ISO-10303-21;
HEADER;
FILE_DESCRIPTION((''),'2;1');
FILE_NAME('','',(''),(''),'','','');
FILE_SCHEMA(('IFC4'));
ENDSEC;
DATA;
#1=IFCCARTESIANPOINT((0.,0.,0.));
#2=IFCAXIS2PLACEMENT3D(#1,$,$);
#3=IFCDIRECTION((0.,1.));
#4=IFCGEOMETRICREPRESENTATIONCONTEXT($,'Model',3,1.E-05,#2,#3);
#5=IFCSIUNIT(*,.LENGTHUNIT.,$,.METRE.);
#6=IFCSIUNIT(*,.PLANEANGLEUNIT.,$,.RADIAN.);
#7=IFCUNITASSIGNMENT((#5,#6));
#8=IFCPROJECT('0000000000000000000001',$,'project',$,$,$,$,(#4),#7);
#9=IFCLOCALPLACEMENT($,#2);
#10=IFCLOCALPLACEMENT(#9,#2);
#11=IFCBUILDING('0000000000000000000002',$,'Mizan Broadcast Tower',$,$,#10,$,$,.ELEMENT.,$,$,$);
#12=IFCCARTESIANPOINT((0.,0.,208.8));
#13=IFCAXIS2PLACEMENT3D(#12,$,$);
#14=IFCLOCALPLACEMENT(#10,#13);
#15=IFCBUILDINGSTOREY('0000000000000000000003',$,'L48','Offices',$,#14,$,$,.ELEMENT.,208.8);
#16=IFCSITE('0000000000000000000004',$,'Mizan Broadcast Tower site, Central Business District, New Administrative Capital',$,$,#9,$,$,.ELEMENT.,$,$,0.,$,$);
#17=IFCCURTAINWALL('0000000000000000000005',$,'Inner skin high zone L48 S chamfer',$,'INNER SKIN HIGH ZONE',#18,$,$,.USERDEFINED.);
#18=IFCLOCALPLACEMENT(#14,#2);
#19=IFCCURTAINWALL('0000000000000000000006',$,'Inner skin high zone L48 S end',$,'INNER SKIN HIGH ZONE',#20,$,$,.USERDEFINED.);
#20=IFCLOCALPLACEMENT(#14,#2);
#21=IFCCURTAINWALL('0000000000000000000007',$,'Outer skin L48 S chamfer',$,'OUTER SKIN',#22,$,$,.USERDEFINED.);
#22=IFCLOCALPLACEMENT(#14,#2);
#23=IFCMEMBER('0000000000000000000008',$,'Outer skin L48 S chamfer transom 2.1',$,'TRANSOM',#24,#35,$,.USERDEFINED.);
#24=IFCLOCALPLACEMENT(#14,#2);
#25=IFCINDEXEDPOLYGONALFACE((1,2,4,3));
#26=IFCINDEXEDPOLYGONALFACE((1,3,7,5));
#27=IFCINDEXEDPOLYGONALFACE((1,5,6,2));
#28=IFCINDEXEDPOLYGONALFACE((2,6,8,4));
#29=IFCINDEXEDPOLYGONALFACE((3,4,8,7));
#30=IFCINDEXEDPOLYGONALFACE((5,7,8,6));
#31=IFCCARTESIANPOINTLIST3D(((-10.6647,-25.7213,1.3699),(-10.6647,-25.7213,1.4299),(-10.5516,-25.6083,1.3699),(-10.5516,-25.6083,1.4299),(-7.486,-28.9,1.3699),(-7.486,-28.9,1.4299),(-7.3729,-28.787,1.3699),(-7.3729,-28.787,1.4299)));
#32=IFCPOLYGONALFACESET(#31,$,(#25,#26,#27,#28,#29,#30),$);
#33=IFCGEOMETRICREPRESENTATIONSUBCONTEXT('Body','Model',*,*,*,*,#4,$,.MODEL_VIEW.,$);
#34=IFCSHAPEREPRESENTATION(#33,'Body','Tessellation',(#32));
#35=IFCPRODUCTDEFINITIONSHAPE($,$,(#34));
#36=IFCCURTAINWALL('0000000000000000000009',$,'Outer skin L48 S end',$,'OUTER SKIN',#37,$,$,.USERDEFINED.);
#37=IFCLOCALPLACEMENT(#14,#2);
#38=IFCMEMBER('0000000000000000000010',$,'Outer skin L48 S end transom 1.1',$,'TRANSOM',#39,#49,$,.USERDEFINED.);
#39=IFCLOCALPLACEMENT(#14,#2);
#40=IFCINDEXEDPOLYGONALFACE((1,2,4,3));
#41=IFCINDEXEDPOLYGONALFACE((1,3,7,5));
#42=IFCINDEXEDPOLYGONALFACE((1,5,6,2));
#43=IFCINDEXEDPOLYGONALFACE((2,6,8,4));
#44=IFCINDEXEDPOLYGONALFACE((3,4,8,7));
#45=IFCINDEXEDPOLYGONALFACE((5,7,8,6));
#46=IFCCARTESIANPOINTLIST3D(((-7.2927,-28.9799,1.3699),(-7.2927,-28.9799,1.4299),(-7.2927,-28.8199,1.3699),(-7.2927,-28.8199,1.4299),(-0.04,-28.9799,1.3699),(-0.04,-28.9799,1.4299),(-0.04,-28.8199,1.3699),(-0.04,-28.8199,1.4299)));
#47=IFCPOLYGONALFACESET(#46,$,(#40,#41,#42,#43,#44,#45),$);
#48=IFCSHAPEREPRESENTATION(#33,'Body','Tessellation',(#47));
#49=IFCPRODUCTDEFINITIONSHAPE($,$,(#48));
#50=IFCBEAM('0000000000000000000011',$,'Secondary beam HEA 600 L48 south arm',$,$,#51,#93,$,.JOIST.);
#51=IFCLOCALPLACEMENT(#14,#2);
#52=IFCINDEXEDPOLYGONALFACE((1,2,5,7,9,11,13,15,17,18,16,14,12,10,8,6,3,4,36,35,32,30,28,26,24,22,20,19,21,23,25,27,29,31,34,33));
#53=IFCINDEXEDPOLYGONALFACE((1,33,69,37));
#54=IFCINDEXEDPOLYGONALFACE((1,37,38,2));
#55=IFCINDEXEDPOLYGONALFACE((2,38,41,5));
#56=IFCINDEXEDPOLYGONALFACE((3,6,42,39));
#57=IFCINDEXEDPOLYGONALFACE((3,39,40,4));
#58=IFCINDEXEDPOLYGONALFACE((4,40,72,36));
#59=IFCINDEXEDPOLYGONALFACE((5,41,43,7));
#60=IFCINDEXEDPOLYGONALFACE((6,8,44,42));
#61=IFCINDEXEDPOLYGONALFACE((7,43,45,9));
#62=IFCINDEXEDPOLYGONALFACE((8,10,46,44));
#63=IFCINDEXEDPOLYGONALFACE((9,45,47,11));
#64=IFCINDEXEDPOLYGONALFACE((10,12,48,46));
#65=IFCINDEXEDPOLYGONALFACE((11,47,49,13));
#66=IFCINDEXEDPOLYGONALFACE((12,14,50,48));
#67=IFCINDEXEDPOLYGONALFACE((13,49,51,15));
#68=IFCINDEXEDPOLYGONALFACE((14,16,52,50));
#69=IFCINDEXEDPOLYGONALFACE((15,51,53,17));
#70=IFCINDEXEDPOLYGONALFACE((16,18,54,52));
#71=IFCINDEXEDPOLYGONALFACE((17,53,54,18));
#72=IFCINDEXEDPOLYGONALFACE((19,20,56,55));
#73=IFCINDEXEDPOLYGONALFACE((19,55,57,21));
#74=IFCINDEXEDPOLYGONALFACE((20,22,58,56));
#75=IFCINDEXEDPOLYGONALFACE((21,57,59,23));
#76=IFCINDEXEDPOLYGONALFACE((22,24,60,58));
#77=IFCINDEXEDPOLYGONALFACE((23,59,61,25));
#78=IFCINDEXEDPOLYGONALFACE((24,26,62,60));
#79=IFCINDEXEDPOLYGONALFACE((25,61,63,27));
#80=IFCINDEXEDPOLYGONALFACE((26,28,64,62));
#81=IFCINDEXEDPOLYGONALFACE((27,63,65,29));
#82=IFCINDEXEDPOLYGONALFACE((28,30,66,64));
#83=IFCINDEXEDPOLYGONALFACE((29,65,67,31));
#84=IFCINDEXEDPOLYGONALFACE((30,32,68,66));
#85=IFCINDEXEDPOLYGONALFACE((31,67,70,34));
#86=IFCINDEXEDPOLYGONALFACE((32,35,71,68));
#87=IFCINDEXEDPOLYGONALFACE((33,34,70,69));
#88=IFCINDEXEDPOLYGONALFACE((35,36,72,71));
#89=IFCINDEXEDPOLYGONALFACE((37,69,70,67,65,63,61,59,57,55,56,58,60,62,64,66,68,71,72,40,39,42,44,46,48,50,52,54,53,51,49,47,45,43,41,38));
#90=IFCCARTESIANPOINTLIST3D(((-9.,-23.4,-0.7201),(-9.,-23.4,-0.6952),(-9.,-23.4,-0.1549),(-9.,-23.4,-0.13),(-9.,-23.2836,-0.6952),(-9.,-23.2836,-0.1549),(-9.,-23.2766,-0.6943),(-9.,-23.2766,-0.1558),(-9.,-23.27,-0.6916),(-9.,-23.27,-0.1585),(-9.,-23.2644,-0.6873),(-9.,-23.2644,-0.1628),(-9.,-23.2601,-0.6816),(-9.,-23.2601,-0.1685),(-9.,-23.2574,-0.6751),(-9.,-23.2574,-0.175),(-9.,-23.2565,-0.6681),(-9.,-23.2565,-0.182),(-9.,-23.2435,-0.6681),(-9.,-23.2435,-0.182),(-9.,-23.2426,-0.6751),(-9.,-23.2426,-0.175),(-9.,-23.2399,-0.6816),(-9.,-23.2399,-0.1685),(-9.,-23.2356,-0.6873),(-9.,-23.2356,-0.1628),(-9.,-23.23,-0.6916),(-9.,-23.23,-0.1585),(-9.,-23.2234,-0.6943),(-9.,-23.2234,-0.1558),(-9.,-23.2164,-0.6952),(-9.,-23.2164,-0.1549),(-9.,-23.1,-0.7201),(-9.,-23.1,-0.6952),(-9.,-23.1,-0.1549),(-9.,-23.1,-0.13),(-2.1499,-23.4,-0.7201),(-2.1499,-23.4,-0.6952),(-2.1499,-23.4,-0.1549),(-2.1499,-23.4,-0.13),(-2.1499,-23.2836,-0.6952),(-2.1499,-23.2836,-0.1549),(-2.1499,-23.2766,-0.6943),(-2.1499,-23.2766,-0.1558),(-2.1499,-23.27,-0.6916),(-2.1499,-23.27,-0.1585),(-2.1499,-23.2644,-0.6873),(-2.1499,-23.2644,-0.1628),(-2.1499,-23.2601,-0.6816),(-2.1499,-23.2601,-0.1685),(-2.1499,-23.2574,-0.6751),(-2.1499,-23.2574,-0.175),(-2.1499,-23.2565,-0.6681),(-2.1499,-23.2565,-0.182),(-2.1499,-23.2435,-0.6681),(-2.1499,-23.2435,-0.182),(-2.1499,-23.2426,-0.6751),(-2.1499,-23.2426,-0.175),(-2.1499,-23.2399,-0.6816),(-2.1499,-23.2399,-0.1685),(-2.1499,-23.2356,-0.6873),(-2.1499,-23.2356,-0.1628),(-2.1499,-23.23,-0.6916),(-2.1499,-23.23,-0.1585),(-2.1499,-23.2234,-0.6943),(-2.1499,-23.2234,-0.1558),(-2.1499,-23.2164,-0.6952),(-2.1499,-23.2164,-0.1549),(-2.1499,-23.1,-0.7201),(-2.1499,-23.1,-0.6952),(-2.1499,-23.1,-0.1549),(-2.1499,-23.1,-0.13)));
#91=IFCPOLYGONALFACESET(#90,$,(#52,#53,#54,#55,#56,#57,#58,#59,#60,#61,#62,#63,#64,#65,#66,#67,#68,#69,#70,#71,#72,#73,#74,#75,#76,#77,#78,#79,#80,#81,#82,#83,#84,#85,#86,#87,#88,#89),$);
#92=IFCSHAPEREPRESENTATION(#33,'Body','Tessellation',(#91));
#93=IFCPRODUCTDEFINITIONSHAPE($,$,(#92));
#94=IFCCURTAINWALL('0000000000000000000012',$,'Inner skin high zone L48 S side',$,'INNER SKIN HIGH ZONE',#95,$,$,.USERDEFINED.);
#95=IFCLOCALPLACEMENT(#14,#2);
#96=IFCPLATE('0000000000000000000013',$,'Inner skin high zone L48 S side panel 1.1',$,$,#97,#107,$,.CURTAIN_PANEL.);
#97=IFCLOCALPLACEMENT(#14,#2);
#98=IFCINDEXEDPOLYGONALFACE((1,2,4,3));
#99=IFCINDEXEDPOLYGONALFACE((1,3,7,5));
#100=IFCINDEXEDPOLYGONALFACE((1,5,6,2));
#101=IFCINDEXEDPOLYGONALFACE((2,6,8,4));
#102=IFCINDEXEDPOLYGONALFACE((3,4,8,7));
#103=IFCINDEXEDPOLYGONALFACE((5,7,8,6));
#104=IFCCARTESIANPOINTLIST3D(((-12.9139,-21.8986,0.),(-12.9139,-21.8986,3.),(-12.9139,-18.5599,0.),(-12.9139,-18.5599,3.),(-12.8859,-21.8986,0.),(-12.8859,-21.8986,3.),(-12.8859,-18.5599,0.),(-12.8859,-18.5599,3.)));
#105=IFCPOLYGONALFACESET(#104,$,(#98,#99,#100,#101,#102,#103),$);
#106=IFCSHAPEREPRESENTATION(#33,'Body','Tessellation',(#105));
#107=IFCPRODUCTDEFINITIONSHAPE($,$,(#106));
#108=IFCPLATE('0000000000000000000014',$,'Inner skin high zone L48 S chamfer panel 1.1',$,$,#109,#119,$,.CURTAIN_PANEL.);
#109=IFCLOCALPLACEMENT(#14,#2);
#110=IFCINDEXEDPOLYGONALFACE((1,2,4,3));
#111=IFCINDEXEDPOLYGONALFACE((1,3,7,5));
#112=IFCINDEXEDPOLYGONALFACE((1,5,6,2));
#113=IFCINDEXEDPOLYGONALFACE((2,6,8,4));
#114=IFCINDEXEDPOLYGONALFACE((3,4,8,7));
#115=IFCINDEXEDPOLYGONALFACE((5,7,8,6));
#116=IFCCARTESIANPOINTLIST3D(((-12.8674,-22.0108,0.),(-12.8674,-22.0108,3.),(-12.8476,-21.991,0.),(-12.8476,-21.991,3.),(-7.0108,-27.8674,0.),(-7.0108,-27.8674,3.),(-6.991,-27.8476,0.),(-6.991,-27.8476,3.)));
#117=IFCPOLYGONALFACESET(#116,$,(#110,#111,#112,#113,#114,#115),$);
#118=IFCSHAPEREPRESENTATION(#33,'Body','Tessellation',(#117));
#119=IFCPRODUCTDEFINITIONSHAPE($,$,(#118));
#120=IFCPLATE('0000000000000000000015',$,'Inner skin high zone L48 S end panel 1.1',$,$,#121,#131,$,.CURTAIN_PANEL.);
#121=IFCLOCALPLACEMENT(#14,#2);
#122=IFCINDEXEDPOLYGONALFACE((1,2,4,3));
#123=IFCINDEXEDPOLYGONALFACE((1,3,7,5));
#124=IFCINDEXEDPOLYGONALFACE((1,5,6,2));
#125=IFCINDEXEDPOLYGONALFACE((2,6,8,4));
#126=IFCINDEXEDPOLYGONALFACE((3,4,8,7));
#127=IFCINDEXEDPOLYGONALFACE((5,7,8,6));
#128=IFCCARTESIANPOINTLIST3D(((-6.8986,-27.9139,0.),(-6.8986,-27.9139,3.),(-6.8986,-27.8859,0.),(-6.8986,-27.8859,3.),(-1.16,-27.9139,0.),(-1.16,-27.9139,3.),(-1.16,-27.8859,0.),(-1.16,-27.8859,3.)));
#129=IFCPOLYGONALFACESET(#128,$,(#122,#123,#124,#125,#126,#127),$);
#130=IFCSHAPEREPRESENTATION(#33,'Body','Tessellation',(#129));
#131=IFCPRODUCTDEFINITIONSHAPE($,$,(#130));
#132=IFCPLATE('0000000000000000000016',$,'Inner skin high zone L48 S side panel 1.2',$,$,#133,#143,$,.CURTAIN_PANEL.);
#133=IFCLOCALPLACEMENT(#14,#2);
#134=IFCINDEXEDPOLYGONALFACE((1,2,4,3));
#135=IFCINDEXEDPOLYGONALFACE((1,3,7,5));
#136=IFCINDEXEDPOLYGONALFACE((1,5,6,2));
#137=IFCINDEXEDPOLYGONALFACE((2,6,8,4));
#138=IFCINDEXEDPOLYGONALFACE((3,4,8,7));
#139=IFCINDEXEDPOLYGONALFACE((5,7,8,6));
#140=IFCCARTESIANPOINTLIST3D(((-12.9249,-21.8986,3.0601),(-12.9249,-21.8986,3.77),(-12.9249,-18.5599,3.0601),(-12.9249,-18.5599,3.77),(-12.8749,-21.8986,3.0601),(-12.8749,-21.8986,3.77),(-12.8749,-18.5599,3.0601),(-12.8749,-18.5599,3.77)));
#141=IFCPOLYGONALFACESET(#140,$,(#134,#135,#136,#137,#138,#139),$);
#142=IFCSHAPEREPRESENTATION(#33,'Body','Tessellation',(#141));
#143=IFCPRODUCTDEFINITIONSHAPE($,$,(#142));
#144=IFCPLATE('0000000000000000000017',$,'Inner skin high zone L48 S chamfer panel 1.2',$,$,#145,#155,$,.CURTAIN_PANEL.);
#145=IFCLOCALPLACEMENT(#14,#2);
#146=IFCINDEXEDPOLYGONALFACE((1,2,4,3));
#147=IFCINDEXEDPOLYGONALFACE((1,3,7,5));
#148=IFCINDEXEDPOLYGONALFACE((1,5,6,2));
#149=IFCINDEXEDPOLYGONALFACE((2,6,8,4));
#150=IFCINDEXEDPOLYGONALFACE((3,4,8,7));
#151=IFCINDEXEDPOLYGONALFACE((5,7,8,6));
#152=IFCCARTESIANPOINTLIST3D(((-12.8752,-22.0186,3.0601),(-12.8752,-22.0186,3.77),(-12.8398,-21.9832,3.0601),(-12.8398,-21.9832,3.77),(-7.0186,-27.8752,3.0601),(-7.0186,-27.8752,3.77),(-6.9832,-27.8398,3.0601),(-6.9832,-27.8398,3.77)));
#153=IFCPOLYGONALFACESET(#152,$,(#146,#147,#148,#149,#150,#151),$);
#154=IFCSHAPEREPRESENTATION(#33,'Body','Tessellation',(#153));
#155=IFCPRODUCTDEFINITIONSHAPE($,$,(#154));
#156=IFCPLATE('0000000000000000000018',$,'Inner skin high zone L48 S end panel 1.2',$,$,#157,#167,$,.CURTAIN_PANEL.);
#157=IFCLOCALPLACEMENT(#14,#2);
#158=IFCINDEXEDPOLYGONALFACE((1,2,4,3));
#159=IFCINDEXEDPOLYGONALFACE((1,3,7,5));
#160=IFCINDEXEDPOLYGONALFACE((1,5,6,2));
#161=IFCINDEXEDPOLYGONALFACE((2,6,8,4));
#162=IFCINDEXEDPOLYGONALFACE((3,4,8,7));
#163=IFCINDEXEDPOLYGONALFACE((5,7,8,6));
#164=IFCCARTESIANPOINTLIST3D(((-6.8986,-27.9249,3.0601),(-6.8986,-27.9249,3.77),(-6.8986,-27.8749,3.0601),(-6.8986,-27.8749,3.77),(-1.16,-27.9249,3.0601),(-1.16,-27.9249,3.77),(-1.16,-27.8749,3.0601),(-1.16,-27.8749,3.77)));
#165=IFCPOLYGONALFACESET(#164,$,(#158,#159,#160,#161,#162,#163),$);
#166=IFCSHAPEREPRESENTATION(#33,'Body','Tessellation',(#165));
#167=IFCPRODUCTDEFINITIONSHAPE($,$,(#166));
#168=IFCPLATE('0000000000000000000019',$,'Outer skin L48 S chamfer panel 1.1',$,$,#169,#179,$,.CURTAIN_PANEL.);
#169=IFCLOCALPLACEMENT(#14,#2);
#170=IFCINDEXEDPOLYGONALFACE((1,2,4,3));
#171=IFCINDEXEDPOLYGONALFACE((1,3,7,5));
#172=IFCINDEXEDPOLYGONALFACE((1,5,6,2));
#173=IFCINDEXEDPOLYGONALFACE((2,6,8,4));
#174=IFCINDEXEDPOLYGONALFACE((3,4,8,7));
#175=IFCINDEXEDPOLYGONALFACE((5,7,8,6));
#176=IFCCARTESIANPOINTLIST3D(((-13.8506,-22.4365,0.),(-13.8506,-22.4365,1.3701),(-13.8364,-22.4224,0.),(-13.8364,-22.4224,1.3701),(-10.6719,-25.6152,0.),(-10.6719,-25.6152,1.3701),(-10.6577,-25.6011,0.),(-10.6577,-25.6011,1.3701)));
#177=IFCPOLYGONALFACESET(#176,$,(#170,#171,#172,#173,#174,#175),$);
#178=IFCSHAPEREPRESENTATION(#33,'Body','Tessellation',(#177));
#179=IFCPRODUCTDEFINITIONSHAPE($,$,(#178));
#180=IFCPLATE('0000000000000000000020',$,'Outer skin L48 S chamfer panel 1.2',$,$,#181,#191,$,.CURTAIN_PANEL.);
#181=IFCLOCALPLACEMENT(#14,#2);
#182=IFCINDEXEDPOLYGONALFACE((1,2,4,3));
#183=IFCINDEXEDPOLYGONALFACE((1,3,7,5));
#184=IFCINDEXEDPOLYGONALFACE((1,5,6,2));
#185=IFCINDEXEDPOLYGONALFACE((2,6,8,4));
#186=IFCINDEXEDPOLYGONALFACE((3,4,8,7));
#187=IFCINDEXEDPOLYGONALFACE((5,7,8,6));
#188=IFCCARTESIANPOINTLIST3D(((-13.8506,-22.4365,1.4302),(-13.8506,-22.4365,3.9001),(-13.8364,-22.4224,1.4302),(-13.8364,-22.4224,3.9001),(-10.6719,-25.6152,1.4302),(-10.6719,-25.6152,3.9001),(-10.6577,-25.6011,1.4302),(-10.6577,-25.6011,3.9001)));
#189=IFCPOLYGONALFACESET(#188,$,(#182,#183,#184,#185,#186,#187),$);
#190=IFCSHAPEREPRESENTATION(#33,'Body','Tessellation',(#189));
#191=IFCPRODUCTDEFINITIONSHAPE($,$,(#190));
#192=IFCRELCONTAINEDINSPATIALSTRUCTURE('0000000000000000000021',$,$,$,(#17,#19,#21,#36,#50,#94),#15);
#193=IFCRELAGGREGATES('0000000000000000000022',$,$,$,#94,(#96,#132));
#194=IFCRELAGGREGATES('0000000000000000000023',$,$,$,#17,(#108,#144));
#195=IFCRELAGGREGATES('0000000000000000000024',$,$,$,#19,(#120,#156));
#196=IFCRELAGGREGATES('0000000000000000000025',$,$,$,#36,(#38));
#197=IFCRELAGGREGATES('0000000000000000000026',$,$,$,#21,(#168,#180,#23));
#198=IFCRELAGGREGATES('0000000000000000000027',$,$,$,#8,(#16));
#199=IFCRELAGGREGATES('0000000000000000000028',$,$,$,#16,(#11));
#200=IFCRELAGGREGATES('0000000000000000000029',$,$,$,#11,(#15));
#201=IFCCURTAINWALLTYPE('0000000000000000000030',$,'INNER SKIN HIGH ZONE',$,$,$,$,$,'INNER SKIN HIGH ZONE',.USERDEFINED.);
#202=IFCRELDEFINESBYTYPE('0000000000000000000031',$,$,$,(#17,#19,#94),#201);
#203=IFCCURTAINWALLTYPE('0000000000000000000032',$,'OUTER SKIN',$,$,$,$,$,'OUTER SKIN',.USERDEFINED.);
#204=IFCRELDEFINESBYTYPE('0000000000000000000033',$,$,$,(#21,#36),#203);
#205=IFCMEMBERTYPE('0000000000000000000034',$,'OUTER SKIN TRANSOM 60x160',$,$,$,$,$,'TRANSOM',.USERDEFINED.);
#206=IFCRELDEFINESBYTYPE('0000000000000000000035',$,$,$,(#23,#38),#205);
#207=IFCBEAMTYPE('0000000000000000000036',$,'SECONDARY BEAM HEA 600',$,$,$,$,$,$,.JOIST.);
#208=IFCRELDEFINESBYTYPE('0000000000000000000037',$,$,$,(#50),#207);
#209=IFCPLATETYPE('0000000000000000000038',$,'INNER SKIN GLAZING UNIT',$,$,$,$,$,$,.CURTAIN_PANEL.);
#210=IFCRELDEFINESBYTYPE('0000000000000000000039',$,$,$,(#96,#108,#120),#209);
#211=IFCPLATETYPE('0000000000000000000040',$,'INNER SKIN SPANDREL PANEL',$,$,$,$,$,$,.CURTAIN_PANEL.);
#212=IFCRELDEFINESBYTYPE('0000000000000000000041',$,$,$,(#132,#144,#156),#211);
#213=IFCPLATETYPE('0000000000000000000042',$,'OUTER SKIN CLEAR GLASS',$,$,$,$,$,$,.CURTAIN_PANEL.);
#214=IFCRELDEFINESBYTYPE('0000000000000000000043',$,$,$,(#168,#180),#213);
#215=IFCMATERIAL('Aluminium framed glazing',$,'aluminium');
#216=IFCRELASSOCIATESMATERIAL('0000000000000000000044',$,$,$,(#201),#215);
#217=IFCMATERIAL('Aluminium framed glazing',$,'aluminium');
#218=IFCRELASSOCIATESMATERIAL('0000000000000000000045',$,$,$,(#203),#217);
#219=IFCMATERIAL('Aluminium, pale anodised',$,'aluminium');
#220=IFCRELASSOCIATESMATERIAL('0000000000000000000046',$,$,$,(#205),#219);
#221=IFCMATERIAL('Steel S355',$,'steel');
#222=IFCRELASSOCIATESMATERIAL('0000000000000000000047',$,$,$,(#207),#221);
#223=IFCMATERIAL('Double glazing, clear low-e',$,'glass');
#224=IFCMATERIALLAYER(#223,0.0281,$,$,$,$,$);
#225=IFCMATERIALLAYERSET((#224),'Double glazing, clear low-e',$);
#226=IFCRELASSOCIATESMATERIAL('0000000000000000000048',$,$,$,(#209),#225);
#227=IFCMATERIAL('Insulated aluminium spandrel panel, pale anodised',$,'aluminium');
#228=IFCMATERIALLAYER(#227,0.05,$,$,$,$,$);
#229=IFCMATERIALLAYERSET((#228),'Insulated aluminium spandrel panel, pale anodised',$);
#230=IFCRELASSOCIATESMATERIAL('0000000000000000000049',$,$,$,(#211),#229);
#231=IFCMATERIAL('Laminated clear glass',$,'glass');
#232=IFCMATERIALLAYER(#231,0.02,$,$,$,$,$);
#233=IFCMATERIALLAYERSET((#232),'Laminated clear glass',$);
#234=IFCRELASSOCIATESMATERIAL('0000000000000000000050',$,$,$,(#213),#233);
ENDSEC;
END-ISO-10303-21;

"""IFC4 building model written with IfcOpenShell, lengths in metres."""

from ifc_helpers import new_model, si_unit, direction, frame, origin, origin_2d, place, context, subcontext, project, spatial, rectangle, i_section, extrude, material, layer, layer_set, material_profile, profile_set, type_object, element, aggregate, save


model = new_model("IFC4")

# Units and contexts
model_context = context("Model", 3, precision=1e-05, world=origin(), true_north=direction((0.0, 1.0)))
body_context = subcontext(model_context, "Body", "Model", "MODEL_VIEW")
ifc_project = project(units=[si_unit("LENGTHUNIT", "METRE"), si_unit("PLANEANGLEUNIT", "RADIAN")], contexts=[model_context])

# Site, building, storey
site_placement = place(None, origin())
site = spatial("IfcSite", under=ifc_project, at=site_placement, Name="Mizan Broadcast Tower site, Central Business District, New Administrative Capital", CompositionType="ELEMENT", RefElevation=0.0)
building_placement = place(site_placement, origin())
building = spatial("IfcBuilding", under=site, at=building_placement, Name="Mizan Broadcast Tower", CompositionType="ELEMENT")
storey_placement = place(building_placement, frame((0.0, 0.0, 208.8)))
storey = spatial("IfcBuildingStorey", under=building, at=storey_placement, Name="L48", Description="Offices", CompositionType="ELEMENT", Elevation=208.8)

# Curtain walls
ifc_material_1 = material(Name="Aluminium framed glazing", Category="aluminium")
curtain_wall_type_1 = type_object("IfcCurtainWallType", Name="INNER SKIN HIGH ZONE", ElementType="INNER SKIN HIGH ZONE", PredefinedType="USERDEFINED", material=ifc_material_1)
curtain_wall_1_placement = place(storey_placement, origin())
curtain_wall_1 = element("IfcCurtainWall", 1, at=curtain_wall_1_placement, inside=storey, type_object=curtain_wall_type_1, Name="Inner skin high zone L48 S chamfer", ObjectType="INNER SKIN HIGH ZONE", PredefinedType="USERDEFINED")
curtain_wall_2_placement = place(storey_placement, origin())
curtain_wall_2 = element("IfcCurtainWall", 2, at=curtain_wall_2_placement, inside=storey, type_object=curtain_wall_type_1, Name="Inner skin high zone L48 S end", ObjectType="INNER SKIN HIGH ZONE", PredefinedType="USERDEFINED")

# Curtain wall, member
ifc_material_2 = material(Name="Aluminium framed glazing", Category="aluminium")
curtain_wall_type_2 = type_object("IfcCurtainWallType", Name="OUTER SKIN", ElementType="OUTER SKIN", PredefinedType="USERDEFINED", material=ifc_material_2)
curtain_wall_3_placement = place(storey_placement, origin())
curtain_wall_3 = element("IfcCurtainWall", 3, at=curtain_wall_3_placement, inside=storey, type_object=curtain_wall_type_2, Name="Outer skin L48 S chamfer", ObjectType="OUTER SKIN", PredefinedType="USERDEFINED")
ifc_material_3 = material(Name="Aluminium, pale anodised", Category="aluminium")
ifc_material_profile_1 = material_profile(ifc_material_3, rectangle(XDim=0.1599, YDim=0.0601, at=origin_2d()), Name="TRANSOM 160x60")
ifc_profile_set_1 = profile_set([ifc_material_profile_1], Name="Aluminium, pale anodised")
member_type_1 = type_object("IfcMemberType", Name="OUTER SKIN TRANSOM 60x160", ElementType="TRANSOM", PredefinedType="USERDEFINED", material=ifc_profile_set_1)
member_1_placement = place(storey_placement, frame((-10.6082, -25.6648, 1.3999), z_axis=(0.707107, -0.707107, 0.0), x_axis=(0.707107, 0.707107, 0.0)))
member_1 = element("IfcMember", 4, at=member_1_placement, type_object=member_type_1, Name="Outer skin L48 S chamfer transom 2.1", ObjectType="TRANSOM", PredefinedType="USERDEFINED", context=body_context, shape_type="SweptSolid", body=[
    extrude(rectangle(XDim=0.1599, YDim=0.0601, at=origin_2d()), origin(), (0.0, 0.0, 1.0), 4.4954),
])

# Curtain wall, member
curtain_wall_4_placement = place(storey_placement, origin())
curtain_wall_4 = element("IfcCurtainWall", 5, at=curtain_wall_4_placement, inside=storey, type_object=curtain_wall_type_2, Name="Outer skin L48 S end", ObjectType="OUTER SKIN", PredefinedType="USERDEFINED")
member_2_placement = place(storey_placement, frame((-7.2927, -28.8999, 1.3999), z_axis=(1.0, 0.0, 0.0), x_axis=(0.0, 1.0, 0.0)))
member_2 = element("IfcMember", 6, at=member_2_placement, type_object=member_type_1, Name="Outer skin L48 S end transom 1.1", ObjectType="TRANSOM", PredefinedType="USERDEFINED", context=body_context, shape_type="SweptSolid", body=[
    extrude(rectangle(XDim=0.1599, YDim=0.0601, at=origin_2d()), origin(), (0.0, 0.0, 1.0), 7.2527),
])

# Beam
ifc_material_4 = material(Name="Steel S355", Category="steel")
ifc_material_profile_2 = material_profile(ifc_material_4, i_section(OverallWidth=0.3, OverallDepth=0.5901, WebThickness=0.0129, FlangeThickness=0.0249, FilletRadius=0.0271, at=origin_2d()), Name="HEA 600")
ifc_profile_set_2 = profile_set([ifc_material_profile_2], Name="Steel S355")
beam_type_1 = type_object("IfcBeamType", Name="SECONDARY BEAM HEA 600", PredefinedType="JOIST", material=ifc_profile_set_2)
beam_1_placement = place(storey_placement, frame((-9.0, -23.25, -0.425), z_axis=(1.0, 0.0, 0.0), x_axis=(0.0, 1.0, 0.0)))
element("IfcBeam", 7, at=beam_1_placement, inside=storey, type_object=beam_type_1, Name="Secondary beam HEA 600 L48 south arm", PredefinedType="JOIST", context=body_context, shape_type="SweptSolid", body=[
    extrude(i_section(OverallWidth=0.3, OverallDepth=0.5901, WebThickness=0.0129, FlangeThickness=0.0249, FilletRadius=0.0271, at=origin_2d()), origin(), (0.0, 0.0, 1.0), 6.8501),
])

# Curtain wall, plate
curtain_wall_5_placement = place(storey_placement, origin())
curtain_wall_5 = element("IfcCurtainWall", 8, at=curtain_wall_5_placement, inside=storey, type_object=curtain_wall_type_1, Name="Inner skin high zone L48 S side", ObjectType="INNER SKIN HIGH ZONE", PredefinedType="USERDEFINED")
ifc_material_5 = material(Name="Double glazing, clear low-e", Category="glass")
ifc_layer_1 = layer(ifc_material_5, 0.0281)
ifc_layer_set_1 = layer_set([ifc_layer_1], Name="Double glazing, clear low-e")
plate_type_1 = type_object("IfcPlateType", Name="INNER SKIN GLAZING UNIT", PredefinedType="CURTAIN_PANEL", material=ifc_layer_set_1)
plate_1_placement = place(storey_placement, frame((-12.8999, -20.2292, 0.0), z_axis=(0.0, 0.0, 1.0), x_axis=(0.0, -1.0, 0.0)))
plate_1 = element("IfcPlate", 9, at=plate_1_placement, type_object=plate_type_1, Name="Inner skin high zone L48 S side panel 1.1", PredefinedType="CURTAIN_PANEL", context=body_context, shape_type="SweptSolid", body=[
    extrude(rectangle(XDim=3.3386, YDim=0.0281, at=origin_2d()), origin(), (0.0, 0.0, 1.0), 3.0),
])

# Plates
plate_2_placement = place(storey_placement, frame((-9.9292, -24.9292, 0.0), z_axis=(0.0, 0.0, 1.0), x_axis=(0.707107, -0.707107, 0.0)))
plate_2 = element("IfcPlate", 10, at=plate_2_placement, type_object=plate_type_1, Name="Inner skin high zone L48 S chamfer panel 1.1", PredefinedType="CURTAIN_PANEL", context=body_context, shape_type="SweptSolid", body=[
    extrude(rectangle(XDim=8.2825, YDim=0.0281, at=origin_2d()), origin(), (0.0, 0.0, 1.0), 3.0),
])
plate_3_placement = place(storey_placement, frame((-4.0293, -27.8999, 0.0), z_axis=(0.0, 0.0, 1.0), x_axis=(1.0, 0.0, 0.0)))
plate_3 = element("IfcPlate", 11, at=plate_3_placement, type_object=plate_type_1, Name="Inner skin high zone L48 S end panel 1.1", PredefinedType="CURTAIN_PANEL", context=body_context, shape_type="SweptSolid", body=[
    extrude(rectangle(XDim=5.7385, YDim=0.0281, at=origin_2d()), origin(), (0.0, 0.0, 1.0), 3.0),
])
ifc_material_6 = material(Name="Insulated aluminium spandrel panel, pale anodised", Category="aluminium")
ifc_layer_2 = layer(ifc_material_6, 0.05)
ifc_layer_set_2 = layer_set([ifc_layer_2], Name="Insulated aluminium spandrel panel, pale anodised")
plate_type_2 = type_object("IfcPlateType", Name="INNER SKIN SPANDREL PANEL", PredefinedType="CURTAIN_PANEL", material=ifc_layer_set_2)
plate_4_placement = place(storey_placement, frame((-12.8999, -20.2292, 3.0601), z_axis=(0.0, 0.0, 1.0), x_axis=(0.0, -1.0, 0.0)))
plate_4 = element("IfcPlate", 12, at=plate_4_placement, type_object=plate_type_2, Name="Inner skin high zone L48 S side panel 1.2", PredefinedType="CURTAIN_PANEL", context=body_context, shape_type="SweptSolid", body=[
    extrude(rectangle(XDim=3.3386, YDim=0.05, at=origin_2d()), origin(), (0.0, 0.0, 1.0), 0.71),
])
aggregate(curtain_wall_5, [plate_1, plate_4])
plate_5_placement = place(storey_placement, frame((-9.9292, -24.9292, 3.0601), z_axis=(0.0, 0.0, 1.0), x_axis=(0.707107, -0.707107, 0.0)))
plate_5 = element("IfcPlate", 13, at=plate_5_placement, type_object=plate_type_2, Name="Inner skin high zone L48 S chamfer panel 1.2", PredefinedType="CURTAIN_PANEL", context=body_context, shape_type="SweptSolid", body=[
    extrude(rectangle(XDim=8.2825, YDim=0.05, at=origin_2d()), origin(), (0.0, 0.0, 1.0), 0.71),
])
aggregate(curtain_wall_1, [plate_2, plate_5])
plate_6_placement = place(storey_placement, frame((-4.0293, -27.8999, 3.0601), z_axis=(0.0, 0.0, 1.0), x_axis=(1.0, 0.0, 0.0)))
plate_6 = element("IfcPlate", 14, at=plate_6_placement, type_object=plate_type_2, Name="Inner skin high zone L48 S end panel 1.2", PredefinedType="CURTAIN_PANEL", context=body_context, shape_type="SweptSolid", body=[
    extrude(rectangle(XDim=5.7385, YDim=0.05, at=origin_2d()), origin(), (0.0, 0.0, 1.0), 0.71),
])
aggregate(curtain_wall_2, [plate_3, plate_6])
ifc_material_7 = material(Name="Laminated clear glass", Category="glass")
ifc_layer_3 = layer(ifc_material_7, 0.02)
ifc_layer_set_3 = layer_set([ifc_layer_3], Name="Laminated clear glass")
plate_type_3 = type_object("IfcPlateType", Name="OUTER SKIN CLEAR GLASS", PredefinedType="CURTAIN_PANEL", material=ifc_layer_set_3)
plate_7_placement = place(storey_placement, frame((-12.2542, -24.0188, 0.0), z_axis=(0.0, 0.0, 1.0), x_axis=(0.707107, -0.707107, 0.0)))
plate_7 = element("IfcPlate", 15, at=plate_7_placement, type_object=plate_type_3, Name="Outer skin L48 S chamfer panel 1.1", PredefinedType="CURTAIN_PANEL", context=body_context, shape_type="SweptSolid", body=[
    extrude(rectangle(XDim=4.4954, YDim=0.02, at=origin_2d()), origin(), (0.0, 0.0, 1.0), 1.3701),
])
plate_8_placement = place(storey_placement, frame((-12.2542, -24.0188, 1.4302), z_axis=(0.0, 0.0, 1.0), x_axis=(0.707107, -0.707107, 0.0)))
plate_8 = element("IfcPlate", 16, at=plate_8_placement, type_object=plate_type_3, Name="Outer skin L48 S chamfer panel 1.2", PredefinedType="CURTAIN_PANEL", context=body_context, shape_type="SweptSolid", body=[
    extrude(rectangle(XDim=4.4954, YDim=0.02, at=origin_2d()), origin(), (0.0, 0.0, 1.0), 2.47),
])
aggregate(curtain_wall_4, [member_2])
aggregate(curtain_wall_3, [plate_7, plate_8, member_1])

save(model, "model.ifc")
